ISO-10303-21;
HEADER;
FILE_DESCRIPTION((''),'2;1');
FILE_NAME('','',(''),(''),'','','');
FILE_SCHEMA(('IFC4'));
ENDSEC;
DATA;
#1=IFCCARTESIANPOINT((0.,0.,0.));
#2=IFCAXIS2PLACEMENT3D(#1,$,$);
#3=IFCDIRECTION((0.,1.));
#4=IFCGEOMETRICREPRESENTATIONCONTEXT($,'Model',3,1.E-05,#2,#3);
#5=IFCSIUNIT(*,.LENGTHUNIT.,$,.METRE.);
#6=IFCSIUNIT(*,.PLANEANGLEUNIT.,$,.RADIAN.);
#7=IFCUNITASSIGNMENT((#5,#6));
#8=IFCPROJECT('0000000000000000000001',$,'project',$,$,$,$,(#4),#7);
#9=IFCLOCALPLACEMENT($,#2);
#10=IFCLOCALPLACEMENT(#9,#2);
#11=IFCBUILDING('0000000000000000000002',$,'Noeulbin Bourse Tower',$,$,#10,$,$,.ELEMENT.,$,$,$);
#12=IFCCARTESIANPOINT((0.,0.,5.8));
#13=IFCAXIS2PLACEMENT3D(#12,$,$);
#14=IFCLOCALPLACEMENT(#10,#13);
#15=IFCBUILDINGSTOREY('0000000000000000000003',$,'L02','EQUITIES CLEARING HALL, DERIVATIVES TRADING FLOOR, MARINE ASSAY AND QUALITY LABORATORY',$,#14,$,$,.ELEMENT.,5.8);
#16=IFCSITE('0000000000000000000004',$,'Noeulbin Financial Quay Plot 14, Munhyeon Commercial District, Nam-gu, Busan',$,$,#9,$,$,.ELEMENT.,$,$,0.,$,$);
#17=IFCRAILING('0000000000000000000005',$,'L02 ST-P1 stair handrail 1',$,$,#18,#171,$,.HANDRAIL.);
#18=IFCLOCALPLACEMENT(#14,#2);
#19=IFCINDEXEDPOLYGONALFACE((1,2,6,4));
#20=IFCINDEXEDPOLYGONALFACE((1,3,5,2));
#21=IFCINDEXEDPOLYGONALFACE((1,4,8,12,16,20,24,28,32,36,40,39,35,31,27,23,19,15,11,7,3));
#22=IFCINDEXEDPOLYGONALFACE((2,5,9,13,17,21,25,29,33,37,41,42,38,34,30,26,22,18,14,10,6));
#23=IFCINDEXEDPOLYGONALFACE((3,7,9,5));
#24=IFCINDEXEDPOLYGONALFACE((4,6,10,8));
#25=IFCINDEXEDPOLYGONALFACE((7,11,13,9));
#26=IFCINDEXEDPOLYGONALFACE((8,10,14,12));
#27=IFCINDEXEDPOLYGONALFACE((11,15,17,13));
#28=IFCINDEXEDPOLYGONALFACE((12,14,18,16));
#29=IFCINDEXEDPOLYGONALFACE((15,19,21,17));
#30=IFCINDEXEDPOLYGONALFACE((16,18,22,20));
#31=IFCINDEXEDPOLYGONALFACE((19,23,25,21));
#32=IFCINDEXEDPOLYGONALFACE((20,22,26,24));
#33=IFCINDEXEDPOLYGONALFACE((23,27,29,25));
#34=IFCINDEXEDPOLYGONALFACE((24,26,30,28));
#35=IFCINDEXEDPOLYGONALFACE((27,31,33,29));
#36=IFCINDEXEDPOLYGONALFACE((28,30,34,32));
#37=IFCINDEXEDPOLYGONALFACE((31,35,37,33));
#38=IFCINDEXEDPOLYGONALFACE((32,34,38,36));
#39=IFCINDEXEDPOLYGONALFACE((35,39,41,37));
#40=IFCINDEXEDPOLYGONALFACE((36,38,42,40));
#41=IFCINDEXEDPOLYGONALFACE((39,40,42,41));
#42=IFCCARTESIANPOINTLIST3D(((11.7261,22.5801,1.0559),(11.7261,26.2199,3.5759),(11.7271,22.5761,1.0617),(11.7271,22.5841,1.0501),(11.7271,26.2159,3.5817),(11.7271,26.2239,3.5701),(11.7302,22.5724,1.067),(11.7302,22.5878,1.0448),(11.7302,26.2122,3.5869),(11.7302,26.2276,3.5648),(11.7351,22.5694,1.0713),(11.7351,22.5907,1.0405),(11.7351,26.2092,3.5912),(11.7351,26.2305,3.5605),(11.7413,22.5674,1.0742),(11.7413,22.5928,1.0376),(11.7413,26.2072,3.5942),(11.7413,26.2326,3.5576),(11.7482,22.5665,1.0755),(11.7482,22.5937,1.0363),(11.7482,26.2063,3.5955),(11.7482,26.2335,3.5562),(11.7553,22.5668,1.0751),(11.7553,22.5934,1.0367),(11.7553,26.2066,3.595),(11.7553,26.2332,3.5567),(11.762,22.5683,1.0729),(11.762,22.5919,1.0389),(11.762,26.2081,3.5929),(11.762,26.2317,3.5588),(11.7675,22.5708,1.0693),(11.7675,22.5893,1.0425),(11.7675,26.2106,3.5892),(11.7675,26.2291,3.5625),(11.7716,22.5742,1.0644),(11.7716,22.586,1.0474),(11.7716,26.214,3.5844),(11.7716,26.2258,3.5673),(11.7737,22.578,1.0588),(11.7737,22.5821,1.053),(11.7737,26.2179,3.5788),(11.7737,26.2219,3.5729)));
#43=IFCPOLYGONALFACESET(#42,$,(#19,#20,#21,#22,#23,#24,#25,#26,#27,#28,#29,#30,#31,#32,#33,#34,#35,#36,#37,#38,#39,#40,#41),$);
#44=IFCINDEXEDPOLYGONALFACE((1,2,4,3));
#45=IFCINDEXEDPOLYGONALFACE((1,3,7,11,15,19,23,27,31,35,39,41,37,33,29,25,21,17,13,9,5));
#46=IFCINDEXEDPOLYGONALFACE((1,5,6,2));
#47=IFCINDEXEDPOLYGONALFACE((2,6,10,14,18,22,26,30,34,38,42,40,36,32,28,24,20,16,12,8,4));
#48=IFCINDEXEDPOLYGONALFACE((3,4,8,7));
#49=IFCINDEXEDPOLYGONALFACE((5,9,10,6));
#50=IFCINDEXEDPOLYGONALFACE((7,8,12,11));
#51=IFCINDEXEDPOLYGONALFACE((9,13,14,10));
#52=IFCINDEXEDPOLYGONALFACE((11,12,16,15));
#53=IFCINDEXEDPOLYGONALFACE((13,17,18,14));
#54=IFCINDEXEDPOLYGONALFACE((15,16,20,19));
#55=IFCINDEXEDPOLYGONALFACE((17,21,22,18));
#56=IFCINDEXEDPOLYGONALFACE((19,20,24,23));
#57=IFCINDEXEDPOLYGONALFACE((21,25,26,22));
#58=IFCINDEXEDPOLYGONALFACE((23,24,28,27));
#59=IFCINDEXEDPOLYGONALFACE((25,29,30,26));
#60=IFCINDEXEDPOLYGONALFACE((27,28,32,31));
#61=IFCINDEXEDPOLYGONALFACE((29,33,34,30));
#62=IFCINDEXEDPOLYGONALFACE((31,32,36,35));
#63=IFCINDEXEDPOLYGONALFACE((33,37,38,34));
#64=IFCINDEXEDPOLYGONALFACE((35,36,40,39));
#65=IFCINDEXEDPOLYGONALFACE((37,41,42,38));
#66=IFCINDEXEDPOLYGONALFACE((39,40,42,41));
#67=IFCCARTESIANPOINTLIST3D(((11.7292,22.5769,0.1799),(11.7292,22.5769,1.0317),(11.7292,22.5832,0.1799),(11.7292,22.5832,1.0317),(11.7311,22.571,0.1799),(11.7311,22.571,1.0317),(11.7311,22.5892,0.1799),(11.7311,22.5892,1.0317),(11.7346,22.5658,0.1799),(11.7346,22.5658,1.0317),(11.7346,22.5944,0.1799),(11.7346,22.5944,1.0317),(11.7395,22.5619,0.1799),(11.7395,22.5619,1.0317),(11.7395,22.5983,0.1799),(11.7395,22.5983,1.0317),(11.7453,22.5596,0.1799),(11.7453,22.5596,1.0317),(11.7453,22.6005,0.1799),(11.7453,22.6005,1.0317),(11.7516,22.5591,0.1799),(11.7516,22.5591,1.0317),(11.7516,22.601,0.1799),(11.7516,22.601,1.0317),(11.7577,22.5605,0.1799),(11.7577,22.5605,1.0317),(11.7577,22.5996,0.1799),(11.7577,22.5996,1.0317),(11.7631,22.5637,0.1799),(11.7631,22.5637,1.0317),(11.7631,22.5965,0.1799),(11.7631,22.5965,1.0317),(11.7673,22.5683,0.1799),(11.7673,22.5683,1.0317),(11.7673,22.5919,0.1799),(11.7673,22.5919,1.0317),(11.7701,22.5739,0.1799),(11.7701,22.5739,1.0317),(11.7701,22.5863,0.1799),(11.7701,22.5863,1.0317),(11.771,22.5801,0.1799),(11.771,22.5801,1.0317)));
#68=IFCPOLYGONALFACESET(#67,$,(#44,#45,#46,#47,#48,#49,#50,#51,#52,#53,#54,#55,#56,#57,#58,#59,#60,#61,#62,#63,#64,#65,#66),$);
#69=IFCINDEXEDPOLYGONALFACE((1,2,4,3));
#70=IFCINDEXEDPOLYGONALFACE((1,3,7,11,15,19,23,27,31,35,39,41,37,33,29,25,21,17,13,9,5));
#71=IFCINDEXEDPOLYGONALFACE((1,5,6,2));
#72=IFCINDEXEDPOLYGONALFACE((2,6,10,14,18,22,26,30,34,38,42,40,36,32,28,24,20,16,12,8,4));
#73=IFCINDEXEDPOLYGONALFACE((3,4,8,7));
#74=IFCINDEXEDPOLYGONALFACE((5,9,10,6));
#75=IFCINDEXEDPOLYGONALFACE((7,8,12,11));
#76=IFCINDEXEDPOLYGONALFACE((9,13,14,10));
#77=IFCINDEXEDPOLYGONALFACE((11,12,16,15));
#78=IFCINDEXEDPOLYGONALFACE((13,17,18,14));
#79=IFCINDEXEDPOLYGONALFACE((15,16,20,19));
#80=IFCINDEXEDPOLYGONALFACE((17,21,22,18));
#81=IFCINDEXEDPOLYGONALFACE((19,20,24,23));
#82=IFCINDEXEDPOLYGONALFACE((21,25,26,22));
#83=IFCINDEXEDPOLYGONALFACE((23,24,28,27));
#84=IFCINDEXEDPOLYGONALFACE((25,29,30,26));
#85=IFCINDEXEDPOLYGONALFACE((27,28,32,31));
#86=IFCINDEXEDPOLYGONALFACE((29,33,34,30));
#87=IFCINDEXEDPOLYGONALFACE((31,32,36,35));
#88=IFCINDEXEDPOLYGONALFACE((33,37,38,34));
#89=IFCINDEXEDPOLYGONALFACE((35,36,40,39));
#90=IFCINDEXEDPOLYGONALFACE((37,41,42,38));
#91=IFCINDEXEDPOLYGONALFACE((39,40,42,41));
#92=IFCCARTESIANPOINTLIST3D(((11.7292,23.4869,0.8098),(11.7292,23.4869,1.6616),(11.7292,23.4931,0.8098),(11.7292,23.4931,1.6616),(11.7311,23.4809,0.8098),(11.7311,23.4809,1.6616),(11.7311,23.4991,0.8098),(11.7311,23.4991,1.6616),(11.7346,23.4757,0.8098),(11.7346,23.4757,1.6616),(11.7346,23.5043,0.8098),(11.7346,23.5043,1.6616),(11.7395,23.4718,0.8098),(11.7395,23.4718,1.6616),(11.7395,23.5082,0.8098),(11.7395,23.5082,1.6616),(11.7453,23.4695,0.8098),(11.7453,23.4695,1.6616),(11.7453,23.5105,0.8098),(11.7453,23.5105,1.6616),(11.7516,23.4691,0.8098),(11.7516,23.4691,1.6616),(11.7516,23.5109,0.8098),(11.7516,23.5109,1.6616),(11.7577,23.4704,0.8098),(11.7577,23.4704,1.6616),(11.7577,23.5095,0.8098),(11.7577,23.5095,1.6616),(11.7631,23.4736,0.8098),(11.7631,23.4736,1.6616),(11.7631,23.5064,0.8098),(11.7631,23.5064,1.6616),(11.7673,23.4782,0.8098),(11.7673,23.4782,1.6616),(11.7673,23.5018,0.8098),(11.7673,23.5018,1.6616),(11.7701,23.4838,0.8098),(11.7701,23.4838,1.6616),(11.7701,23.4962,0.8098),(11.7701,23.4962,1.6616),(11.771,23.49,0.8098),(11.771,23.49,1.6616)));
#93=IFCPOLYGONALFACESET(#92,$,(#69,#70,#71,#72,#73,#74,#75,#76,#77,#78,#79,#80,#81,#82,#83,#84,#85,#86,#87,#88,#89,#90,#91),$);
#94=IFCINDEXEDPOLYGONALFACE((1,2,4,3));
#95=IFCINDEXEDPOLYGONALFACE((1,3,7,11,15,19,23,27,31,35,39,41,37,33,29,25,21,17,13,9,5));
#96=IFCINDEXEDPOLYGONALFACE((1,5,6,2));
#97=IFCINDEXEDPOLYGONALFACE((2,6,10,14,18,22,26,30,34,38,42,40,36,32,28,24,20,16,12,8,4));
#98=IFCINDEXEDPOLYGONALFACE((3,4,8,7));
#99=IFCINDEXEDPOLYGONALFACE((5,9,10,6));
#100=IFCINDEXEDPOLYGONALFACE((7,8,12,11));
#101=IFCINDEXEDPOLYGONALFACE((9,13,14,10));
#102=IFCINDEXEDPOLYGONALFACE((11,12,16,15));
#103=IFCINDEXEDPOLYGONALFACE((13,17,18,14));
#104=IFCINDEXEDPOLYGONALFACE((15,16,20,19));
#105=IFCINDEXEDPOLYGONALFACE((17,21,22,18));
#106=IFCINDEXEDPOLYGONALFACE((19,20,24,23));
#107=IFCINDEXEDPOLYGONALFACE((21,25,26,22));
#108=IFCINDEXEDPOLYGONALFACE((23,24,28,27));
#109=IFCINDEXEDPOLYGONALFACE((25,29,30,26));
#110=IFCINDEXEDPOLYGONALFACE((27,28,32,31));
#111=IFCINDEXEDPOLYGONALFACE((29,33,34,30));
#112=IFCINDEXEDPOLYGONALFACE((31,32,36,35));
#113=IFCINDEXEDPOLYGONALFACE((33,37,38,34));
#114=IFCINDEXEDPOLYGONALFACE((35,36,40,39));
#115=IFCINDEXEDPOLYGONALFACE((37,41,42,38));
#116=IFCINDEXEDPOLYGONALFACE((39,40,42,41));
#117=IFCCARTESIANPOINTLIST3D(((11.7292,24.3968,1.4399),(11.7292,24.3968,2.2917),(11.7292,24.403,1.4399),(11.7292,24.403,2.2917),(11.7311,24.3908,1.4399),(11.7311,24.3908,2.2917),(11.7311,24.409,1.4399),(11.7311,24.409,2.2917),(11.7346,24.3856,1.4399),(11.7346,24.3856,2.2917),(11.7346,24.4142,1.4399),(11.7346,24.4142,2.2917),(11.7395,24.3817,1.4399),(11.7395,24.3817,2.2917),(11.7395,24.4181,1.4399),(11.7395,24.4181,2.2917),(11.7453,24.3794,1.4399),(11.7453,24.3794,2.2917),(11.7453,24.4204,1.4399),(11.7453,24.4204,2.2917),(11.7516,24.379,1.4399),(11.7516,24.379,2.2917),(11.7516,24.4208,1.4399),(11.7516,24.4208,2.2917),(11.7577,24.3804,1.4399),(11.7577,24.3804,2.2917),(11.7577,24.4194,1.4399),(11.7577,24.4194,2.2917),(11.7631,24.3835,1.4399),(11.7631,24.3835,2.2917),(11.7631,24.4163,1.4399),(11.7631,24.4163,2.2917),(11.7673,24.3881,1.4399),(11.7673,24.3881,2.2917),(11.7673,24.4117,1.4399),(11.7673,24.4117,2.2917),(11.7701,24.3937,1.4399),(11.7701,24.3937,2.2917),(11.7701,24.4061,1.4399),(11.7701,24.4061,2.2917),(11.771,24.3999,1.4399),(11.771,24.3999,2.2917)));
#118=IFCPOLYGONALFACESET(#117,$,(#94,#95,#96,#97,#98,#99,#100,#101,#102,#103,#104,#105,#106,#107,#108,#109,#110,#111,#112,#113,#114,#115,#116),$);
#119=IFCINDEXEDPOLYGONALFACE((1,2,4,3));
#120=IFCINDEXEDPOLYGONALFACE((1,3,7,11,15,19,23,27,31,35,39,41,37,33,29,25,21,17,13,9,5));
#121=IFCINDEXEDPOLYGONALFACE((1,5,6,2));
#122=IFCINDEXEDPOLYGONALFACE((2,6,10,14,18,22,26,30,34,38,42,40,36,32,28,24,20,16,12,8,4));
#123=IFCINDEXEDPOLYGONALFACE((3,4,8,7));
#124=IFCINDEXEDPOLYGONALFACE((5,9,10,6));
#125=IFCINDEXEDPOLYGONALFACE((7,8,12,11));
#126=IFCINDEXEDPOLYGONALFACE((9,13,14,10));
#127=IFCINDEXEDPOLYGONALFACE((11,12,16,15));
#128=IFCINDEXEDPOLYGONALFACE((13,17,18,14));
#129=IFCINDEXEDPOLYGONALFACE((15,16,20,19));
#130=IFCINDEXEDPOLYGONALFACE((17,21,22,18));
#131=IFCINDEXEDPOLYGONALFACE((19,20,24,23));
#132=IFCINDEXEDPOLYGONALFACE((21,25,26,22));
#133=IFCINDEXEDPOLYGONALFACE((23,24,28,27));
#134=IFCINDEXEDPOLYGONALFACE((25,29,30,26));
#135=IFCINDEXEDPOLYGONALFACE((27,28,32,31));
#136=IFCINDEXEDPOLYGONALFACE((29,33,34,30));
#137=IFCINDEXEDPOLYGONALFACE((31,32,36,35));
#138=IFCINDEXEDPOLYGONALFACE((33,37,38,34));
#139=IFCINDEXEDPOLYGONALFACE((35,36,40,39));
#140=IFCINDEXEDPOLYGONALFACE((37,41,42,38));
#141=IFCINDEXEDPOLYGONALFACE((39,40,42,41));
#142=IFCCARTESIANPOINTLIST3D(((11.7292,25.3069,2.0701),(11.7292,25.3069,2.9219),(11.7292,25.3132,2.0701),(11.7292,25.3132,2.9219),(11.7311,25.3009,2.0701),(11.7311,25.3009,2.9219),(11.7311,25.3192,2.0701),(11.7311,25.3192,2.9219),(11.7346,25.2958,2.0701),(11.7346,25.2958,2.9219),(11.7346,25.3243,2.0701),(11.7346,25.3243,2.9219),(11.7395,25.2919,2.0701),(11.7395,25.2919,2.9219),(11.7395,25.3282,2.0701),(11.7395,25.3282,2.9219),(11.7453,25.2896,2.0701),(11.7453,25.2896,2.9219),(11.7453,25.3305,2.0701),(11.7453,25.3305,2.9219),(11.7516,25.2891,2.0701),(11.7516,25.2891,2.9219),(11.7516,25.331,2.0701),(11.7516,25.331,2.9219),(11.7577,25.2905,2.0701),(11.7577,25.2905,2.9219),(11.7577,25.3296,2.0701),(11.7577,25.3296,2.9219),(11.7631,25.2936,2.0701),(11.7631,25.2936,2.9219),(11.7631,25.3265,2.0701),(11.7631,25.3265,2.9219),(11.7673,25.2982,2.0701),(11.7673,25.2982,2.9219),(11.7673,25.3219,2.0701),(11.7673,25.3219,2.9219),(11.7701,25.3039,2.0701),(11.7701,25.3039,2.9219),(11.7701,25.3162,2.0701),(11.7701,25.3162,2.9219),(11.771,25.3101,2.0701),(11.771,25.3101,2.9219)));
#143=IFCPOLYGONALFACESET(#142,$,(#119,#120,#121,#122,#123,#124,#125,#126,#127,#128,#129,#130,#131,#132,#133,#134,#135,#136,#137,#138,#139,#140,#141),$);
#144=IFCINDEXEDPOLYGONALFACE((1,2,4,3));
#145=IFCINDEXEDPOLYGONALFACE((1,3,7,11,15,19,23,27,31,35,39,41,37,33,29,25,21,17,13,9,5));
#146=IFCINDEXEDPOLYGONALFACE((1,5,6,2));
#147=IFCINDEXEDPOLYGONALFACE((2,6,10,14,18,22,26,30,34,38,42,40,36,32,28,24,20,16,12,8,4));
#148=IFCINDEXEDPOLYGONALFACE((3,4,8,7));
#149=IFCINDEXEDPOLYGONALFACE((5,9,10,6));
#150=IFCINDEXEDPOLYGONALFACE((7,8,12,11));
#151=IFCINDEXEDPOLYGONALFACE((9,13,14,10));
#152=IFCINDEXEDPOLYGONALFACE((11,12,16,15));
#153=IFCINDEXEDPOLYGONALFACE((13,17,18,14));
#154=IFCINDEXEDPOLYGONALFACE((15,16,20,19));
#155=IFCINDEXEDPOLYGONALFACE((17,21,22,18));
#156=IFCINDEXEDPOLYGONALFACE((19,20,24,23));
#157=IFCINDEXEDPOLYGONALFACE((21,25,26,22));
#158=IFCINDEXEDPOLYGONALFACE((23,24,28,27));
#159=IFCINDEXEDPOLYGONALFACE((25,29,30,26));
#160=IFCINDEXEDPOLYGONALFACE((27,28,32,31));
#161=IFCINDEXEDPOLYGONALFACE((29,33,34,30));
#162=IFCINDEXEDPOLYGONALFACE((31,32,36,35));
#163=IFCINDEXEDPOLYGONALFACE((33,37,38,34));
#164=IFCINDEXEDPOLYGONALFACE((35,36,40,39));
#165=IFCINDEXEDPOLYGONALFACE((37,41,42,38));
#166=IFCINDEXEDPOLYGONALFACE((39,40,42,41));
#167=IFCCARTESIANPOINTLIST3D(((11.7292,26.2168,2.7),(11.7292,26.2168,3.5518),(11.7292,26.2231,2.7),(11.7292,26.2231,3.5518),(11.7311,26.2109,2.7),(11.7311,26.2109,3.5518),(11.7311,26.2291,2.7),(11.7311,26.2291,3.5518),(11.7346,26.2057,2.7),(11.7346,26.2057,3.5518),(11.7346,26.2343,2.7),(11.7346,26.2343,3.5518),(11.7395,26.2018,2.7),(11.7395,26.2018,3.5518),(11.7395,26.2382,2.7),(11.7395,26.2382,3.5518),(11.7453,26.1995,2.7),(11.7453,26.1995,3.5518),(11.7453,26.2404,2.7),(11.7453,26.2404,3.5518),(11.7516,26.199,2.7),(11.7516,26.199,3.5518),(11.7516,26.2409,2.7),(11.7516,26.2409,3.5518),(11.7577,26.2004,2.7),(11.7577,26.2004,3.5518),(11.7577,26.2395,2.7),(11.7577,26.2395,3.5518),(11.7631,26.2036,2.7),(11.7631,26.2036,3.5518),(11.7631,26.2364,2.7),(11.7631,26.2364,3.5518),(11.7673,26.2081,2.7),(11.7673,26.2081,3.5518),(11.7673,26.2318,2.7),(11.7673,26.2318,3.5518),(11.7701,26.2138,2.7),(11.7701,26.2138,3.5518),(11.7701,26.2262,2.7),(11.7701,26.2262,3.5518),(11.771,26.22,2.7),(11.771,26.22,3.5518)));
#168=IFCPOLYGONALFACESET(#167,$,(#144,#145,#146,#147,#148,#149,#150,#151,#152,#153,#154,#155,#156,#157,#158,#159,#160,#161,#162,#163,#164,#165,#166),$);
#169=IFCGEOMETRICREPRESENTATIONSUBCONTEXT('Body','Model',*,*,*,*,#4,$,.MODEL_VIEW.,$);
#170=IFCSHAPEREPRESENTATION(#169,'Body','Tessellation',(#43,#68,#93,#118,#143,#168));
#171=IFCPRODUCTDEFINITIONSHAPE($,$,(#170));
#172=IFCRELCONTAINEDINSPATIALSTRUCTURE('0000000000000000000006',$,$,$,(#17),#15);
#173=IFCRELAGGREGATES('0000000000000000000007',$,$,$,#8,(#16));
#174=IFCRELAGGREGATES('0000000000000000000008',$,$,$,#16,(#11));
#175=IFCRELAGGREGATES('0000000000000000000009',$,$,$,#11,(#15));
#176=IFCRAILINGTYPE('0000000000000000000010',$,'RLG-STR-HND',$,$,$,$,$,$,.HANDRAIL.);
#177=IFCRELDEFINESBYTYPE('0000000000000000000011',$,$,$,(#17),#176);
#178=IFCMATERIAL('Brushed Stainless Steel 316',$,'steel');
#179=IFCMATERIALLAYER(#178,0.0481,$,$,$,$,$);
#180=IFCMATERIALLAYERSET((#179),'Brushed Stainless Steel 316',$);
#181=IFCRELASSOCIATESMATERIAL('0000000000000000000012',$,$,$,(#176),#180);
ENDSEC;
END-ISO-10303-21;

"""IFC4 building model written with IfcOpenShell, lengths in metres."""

from ifc_helpers import new_model, si_unit, direction, frame, origin, origin_2d, place, context, subcontext, project, spatial, circle, extrude, material, layer, layer_set, type_object, element, save


model = new_model("IFC4")

# Units and contexts
model_context = context("Model", 3, precision=1e-05, world=origin(), true_north=direction((0.0, 1.0)))
body_context = subcontext(model_context, "Body", "Model", "MODEL_VIEW")
ifc_project = project(units=[si_unit("LENGTHUNIT", "METRE"), si_unit("PLANEANGLEUNIT", "RADIAN")], contexts=[model_context])

# Site, building, storey
site_placement = place(None, origin())
site = spatial("IfcSite", under=ifc_project, at=site_placement, Name="Noeulbin Financial Quay Plot 14, Munhyeon Commercial District, Nam-gu, Busan", CompositionType="ELEMENT", RefElevation=0.0)
building_placement = place(site_placement, origin())
building = spatial("IfcBuilding", under=site, at=building_placement, Name="Noeulbin Bourse Tower", CompositionType="ELEMENT")
storey_placement = place(building_placement, frame((0.0, 0.0, 5.8)))
storey = spatial("IfcBuildingStorey", under=building, at=storey_placement, Name="L02", Description="EQUITIES CLEARING HALL, DERIVATIVES TRADING FLOOR, MARINE ASSAY AND QUALITY LABORATORY", CompositionType="ELEMENT", Elevation=5.8)

# Railing
ifc_material_1 = material(Name="Brushed Stainless Steel 316", Category="steel")
ifc_layer_1 = layer(ifc_material_1, 0.0481)
ifc_layer_set_1 = layer_set([ifc_layer_1], Name="Brushed Stainless Steel 316")
railing_type_1 = type_object("IfcRailingType", Name="RLG-STR-HND", PredefinedType="HANDRAIL", material=ifc_layer_set_1)
railing_1_placement = place(storey_placement, frame((11.75, 22.5801, 0.1799)))
element("IfcRailing", 1, at=railing_1_placement, inside=storey, type_object=railing_type_1, Name="L02 ST-P1 stair handrail 1", PredefinedType="HANDRAIL", context=body_context, shape_type="SweptSolid", body=[
    extrude(circle(Radius=0.0239, at=origin_2d()), frame((0.0, 0.0, 0.876), z_axis=(0.0, 0.822182, 0.569224), x_axis=(-1.0, 0.0, 0.0)), (0.0, 0.0, 1.0), 4.427),
    extrude(circle(Radius=0.021, at=origin_2d()), origin(), (0.0, 0.0, 1.0), 0.8518),
    extrude(circle(Radius=0.021, at=origin_2d()), frame((0.0, 0.9099, 0.6299)), (0.0, 0.0, 1.0), 0.8518),
    extrude(circle(Radius=0.021, at=origin_2d()), frame((0.0, 1.8198, 1.26)), (0.0, 0.0, 1.0), 0.8518),
    extrude(circle(Radius=0.021, at=origin_2d()), frame((0.0, 2.73, 1.8901)), (0.0, 0.0, 1.0), 0.8518),
    extrude(circle(Radius=0.021, at=origin_2d()), frame((0.0, 3.6399, 2.52)), (0.0, 0.0, 1.0), 0.8518),
])

save(model, "model.ifc")
